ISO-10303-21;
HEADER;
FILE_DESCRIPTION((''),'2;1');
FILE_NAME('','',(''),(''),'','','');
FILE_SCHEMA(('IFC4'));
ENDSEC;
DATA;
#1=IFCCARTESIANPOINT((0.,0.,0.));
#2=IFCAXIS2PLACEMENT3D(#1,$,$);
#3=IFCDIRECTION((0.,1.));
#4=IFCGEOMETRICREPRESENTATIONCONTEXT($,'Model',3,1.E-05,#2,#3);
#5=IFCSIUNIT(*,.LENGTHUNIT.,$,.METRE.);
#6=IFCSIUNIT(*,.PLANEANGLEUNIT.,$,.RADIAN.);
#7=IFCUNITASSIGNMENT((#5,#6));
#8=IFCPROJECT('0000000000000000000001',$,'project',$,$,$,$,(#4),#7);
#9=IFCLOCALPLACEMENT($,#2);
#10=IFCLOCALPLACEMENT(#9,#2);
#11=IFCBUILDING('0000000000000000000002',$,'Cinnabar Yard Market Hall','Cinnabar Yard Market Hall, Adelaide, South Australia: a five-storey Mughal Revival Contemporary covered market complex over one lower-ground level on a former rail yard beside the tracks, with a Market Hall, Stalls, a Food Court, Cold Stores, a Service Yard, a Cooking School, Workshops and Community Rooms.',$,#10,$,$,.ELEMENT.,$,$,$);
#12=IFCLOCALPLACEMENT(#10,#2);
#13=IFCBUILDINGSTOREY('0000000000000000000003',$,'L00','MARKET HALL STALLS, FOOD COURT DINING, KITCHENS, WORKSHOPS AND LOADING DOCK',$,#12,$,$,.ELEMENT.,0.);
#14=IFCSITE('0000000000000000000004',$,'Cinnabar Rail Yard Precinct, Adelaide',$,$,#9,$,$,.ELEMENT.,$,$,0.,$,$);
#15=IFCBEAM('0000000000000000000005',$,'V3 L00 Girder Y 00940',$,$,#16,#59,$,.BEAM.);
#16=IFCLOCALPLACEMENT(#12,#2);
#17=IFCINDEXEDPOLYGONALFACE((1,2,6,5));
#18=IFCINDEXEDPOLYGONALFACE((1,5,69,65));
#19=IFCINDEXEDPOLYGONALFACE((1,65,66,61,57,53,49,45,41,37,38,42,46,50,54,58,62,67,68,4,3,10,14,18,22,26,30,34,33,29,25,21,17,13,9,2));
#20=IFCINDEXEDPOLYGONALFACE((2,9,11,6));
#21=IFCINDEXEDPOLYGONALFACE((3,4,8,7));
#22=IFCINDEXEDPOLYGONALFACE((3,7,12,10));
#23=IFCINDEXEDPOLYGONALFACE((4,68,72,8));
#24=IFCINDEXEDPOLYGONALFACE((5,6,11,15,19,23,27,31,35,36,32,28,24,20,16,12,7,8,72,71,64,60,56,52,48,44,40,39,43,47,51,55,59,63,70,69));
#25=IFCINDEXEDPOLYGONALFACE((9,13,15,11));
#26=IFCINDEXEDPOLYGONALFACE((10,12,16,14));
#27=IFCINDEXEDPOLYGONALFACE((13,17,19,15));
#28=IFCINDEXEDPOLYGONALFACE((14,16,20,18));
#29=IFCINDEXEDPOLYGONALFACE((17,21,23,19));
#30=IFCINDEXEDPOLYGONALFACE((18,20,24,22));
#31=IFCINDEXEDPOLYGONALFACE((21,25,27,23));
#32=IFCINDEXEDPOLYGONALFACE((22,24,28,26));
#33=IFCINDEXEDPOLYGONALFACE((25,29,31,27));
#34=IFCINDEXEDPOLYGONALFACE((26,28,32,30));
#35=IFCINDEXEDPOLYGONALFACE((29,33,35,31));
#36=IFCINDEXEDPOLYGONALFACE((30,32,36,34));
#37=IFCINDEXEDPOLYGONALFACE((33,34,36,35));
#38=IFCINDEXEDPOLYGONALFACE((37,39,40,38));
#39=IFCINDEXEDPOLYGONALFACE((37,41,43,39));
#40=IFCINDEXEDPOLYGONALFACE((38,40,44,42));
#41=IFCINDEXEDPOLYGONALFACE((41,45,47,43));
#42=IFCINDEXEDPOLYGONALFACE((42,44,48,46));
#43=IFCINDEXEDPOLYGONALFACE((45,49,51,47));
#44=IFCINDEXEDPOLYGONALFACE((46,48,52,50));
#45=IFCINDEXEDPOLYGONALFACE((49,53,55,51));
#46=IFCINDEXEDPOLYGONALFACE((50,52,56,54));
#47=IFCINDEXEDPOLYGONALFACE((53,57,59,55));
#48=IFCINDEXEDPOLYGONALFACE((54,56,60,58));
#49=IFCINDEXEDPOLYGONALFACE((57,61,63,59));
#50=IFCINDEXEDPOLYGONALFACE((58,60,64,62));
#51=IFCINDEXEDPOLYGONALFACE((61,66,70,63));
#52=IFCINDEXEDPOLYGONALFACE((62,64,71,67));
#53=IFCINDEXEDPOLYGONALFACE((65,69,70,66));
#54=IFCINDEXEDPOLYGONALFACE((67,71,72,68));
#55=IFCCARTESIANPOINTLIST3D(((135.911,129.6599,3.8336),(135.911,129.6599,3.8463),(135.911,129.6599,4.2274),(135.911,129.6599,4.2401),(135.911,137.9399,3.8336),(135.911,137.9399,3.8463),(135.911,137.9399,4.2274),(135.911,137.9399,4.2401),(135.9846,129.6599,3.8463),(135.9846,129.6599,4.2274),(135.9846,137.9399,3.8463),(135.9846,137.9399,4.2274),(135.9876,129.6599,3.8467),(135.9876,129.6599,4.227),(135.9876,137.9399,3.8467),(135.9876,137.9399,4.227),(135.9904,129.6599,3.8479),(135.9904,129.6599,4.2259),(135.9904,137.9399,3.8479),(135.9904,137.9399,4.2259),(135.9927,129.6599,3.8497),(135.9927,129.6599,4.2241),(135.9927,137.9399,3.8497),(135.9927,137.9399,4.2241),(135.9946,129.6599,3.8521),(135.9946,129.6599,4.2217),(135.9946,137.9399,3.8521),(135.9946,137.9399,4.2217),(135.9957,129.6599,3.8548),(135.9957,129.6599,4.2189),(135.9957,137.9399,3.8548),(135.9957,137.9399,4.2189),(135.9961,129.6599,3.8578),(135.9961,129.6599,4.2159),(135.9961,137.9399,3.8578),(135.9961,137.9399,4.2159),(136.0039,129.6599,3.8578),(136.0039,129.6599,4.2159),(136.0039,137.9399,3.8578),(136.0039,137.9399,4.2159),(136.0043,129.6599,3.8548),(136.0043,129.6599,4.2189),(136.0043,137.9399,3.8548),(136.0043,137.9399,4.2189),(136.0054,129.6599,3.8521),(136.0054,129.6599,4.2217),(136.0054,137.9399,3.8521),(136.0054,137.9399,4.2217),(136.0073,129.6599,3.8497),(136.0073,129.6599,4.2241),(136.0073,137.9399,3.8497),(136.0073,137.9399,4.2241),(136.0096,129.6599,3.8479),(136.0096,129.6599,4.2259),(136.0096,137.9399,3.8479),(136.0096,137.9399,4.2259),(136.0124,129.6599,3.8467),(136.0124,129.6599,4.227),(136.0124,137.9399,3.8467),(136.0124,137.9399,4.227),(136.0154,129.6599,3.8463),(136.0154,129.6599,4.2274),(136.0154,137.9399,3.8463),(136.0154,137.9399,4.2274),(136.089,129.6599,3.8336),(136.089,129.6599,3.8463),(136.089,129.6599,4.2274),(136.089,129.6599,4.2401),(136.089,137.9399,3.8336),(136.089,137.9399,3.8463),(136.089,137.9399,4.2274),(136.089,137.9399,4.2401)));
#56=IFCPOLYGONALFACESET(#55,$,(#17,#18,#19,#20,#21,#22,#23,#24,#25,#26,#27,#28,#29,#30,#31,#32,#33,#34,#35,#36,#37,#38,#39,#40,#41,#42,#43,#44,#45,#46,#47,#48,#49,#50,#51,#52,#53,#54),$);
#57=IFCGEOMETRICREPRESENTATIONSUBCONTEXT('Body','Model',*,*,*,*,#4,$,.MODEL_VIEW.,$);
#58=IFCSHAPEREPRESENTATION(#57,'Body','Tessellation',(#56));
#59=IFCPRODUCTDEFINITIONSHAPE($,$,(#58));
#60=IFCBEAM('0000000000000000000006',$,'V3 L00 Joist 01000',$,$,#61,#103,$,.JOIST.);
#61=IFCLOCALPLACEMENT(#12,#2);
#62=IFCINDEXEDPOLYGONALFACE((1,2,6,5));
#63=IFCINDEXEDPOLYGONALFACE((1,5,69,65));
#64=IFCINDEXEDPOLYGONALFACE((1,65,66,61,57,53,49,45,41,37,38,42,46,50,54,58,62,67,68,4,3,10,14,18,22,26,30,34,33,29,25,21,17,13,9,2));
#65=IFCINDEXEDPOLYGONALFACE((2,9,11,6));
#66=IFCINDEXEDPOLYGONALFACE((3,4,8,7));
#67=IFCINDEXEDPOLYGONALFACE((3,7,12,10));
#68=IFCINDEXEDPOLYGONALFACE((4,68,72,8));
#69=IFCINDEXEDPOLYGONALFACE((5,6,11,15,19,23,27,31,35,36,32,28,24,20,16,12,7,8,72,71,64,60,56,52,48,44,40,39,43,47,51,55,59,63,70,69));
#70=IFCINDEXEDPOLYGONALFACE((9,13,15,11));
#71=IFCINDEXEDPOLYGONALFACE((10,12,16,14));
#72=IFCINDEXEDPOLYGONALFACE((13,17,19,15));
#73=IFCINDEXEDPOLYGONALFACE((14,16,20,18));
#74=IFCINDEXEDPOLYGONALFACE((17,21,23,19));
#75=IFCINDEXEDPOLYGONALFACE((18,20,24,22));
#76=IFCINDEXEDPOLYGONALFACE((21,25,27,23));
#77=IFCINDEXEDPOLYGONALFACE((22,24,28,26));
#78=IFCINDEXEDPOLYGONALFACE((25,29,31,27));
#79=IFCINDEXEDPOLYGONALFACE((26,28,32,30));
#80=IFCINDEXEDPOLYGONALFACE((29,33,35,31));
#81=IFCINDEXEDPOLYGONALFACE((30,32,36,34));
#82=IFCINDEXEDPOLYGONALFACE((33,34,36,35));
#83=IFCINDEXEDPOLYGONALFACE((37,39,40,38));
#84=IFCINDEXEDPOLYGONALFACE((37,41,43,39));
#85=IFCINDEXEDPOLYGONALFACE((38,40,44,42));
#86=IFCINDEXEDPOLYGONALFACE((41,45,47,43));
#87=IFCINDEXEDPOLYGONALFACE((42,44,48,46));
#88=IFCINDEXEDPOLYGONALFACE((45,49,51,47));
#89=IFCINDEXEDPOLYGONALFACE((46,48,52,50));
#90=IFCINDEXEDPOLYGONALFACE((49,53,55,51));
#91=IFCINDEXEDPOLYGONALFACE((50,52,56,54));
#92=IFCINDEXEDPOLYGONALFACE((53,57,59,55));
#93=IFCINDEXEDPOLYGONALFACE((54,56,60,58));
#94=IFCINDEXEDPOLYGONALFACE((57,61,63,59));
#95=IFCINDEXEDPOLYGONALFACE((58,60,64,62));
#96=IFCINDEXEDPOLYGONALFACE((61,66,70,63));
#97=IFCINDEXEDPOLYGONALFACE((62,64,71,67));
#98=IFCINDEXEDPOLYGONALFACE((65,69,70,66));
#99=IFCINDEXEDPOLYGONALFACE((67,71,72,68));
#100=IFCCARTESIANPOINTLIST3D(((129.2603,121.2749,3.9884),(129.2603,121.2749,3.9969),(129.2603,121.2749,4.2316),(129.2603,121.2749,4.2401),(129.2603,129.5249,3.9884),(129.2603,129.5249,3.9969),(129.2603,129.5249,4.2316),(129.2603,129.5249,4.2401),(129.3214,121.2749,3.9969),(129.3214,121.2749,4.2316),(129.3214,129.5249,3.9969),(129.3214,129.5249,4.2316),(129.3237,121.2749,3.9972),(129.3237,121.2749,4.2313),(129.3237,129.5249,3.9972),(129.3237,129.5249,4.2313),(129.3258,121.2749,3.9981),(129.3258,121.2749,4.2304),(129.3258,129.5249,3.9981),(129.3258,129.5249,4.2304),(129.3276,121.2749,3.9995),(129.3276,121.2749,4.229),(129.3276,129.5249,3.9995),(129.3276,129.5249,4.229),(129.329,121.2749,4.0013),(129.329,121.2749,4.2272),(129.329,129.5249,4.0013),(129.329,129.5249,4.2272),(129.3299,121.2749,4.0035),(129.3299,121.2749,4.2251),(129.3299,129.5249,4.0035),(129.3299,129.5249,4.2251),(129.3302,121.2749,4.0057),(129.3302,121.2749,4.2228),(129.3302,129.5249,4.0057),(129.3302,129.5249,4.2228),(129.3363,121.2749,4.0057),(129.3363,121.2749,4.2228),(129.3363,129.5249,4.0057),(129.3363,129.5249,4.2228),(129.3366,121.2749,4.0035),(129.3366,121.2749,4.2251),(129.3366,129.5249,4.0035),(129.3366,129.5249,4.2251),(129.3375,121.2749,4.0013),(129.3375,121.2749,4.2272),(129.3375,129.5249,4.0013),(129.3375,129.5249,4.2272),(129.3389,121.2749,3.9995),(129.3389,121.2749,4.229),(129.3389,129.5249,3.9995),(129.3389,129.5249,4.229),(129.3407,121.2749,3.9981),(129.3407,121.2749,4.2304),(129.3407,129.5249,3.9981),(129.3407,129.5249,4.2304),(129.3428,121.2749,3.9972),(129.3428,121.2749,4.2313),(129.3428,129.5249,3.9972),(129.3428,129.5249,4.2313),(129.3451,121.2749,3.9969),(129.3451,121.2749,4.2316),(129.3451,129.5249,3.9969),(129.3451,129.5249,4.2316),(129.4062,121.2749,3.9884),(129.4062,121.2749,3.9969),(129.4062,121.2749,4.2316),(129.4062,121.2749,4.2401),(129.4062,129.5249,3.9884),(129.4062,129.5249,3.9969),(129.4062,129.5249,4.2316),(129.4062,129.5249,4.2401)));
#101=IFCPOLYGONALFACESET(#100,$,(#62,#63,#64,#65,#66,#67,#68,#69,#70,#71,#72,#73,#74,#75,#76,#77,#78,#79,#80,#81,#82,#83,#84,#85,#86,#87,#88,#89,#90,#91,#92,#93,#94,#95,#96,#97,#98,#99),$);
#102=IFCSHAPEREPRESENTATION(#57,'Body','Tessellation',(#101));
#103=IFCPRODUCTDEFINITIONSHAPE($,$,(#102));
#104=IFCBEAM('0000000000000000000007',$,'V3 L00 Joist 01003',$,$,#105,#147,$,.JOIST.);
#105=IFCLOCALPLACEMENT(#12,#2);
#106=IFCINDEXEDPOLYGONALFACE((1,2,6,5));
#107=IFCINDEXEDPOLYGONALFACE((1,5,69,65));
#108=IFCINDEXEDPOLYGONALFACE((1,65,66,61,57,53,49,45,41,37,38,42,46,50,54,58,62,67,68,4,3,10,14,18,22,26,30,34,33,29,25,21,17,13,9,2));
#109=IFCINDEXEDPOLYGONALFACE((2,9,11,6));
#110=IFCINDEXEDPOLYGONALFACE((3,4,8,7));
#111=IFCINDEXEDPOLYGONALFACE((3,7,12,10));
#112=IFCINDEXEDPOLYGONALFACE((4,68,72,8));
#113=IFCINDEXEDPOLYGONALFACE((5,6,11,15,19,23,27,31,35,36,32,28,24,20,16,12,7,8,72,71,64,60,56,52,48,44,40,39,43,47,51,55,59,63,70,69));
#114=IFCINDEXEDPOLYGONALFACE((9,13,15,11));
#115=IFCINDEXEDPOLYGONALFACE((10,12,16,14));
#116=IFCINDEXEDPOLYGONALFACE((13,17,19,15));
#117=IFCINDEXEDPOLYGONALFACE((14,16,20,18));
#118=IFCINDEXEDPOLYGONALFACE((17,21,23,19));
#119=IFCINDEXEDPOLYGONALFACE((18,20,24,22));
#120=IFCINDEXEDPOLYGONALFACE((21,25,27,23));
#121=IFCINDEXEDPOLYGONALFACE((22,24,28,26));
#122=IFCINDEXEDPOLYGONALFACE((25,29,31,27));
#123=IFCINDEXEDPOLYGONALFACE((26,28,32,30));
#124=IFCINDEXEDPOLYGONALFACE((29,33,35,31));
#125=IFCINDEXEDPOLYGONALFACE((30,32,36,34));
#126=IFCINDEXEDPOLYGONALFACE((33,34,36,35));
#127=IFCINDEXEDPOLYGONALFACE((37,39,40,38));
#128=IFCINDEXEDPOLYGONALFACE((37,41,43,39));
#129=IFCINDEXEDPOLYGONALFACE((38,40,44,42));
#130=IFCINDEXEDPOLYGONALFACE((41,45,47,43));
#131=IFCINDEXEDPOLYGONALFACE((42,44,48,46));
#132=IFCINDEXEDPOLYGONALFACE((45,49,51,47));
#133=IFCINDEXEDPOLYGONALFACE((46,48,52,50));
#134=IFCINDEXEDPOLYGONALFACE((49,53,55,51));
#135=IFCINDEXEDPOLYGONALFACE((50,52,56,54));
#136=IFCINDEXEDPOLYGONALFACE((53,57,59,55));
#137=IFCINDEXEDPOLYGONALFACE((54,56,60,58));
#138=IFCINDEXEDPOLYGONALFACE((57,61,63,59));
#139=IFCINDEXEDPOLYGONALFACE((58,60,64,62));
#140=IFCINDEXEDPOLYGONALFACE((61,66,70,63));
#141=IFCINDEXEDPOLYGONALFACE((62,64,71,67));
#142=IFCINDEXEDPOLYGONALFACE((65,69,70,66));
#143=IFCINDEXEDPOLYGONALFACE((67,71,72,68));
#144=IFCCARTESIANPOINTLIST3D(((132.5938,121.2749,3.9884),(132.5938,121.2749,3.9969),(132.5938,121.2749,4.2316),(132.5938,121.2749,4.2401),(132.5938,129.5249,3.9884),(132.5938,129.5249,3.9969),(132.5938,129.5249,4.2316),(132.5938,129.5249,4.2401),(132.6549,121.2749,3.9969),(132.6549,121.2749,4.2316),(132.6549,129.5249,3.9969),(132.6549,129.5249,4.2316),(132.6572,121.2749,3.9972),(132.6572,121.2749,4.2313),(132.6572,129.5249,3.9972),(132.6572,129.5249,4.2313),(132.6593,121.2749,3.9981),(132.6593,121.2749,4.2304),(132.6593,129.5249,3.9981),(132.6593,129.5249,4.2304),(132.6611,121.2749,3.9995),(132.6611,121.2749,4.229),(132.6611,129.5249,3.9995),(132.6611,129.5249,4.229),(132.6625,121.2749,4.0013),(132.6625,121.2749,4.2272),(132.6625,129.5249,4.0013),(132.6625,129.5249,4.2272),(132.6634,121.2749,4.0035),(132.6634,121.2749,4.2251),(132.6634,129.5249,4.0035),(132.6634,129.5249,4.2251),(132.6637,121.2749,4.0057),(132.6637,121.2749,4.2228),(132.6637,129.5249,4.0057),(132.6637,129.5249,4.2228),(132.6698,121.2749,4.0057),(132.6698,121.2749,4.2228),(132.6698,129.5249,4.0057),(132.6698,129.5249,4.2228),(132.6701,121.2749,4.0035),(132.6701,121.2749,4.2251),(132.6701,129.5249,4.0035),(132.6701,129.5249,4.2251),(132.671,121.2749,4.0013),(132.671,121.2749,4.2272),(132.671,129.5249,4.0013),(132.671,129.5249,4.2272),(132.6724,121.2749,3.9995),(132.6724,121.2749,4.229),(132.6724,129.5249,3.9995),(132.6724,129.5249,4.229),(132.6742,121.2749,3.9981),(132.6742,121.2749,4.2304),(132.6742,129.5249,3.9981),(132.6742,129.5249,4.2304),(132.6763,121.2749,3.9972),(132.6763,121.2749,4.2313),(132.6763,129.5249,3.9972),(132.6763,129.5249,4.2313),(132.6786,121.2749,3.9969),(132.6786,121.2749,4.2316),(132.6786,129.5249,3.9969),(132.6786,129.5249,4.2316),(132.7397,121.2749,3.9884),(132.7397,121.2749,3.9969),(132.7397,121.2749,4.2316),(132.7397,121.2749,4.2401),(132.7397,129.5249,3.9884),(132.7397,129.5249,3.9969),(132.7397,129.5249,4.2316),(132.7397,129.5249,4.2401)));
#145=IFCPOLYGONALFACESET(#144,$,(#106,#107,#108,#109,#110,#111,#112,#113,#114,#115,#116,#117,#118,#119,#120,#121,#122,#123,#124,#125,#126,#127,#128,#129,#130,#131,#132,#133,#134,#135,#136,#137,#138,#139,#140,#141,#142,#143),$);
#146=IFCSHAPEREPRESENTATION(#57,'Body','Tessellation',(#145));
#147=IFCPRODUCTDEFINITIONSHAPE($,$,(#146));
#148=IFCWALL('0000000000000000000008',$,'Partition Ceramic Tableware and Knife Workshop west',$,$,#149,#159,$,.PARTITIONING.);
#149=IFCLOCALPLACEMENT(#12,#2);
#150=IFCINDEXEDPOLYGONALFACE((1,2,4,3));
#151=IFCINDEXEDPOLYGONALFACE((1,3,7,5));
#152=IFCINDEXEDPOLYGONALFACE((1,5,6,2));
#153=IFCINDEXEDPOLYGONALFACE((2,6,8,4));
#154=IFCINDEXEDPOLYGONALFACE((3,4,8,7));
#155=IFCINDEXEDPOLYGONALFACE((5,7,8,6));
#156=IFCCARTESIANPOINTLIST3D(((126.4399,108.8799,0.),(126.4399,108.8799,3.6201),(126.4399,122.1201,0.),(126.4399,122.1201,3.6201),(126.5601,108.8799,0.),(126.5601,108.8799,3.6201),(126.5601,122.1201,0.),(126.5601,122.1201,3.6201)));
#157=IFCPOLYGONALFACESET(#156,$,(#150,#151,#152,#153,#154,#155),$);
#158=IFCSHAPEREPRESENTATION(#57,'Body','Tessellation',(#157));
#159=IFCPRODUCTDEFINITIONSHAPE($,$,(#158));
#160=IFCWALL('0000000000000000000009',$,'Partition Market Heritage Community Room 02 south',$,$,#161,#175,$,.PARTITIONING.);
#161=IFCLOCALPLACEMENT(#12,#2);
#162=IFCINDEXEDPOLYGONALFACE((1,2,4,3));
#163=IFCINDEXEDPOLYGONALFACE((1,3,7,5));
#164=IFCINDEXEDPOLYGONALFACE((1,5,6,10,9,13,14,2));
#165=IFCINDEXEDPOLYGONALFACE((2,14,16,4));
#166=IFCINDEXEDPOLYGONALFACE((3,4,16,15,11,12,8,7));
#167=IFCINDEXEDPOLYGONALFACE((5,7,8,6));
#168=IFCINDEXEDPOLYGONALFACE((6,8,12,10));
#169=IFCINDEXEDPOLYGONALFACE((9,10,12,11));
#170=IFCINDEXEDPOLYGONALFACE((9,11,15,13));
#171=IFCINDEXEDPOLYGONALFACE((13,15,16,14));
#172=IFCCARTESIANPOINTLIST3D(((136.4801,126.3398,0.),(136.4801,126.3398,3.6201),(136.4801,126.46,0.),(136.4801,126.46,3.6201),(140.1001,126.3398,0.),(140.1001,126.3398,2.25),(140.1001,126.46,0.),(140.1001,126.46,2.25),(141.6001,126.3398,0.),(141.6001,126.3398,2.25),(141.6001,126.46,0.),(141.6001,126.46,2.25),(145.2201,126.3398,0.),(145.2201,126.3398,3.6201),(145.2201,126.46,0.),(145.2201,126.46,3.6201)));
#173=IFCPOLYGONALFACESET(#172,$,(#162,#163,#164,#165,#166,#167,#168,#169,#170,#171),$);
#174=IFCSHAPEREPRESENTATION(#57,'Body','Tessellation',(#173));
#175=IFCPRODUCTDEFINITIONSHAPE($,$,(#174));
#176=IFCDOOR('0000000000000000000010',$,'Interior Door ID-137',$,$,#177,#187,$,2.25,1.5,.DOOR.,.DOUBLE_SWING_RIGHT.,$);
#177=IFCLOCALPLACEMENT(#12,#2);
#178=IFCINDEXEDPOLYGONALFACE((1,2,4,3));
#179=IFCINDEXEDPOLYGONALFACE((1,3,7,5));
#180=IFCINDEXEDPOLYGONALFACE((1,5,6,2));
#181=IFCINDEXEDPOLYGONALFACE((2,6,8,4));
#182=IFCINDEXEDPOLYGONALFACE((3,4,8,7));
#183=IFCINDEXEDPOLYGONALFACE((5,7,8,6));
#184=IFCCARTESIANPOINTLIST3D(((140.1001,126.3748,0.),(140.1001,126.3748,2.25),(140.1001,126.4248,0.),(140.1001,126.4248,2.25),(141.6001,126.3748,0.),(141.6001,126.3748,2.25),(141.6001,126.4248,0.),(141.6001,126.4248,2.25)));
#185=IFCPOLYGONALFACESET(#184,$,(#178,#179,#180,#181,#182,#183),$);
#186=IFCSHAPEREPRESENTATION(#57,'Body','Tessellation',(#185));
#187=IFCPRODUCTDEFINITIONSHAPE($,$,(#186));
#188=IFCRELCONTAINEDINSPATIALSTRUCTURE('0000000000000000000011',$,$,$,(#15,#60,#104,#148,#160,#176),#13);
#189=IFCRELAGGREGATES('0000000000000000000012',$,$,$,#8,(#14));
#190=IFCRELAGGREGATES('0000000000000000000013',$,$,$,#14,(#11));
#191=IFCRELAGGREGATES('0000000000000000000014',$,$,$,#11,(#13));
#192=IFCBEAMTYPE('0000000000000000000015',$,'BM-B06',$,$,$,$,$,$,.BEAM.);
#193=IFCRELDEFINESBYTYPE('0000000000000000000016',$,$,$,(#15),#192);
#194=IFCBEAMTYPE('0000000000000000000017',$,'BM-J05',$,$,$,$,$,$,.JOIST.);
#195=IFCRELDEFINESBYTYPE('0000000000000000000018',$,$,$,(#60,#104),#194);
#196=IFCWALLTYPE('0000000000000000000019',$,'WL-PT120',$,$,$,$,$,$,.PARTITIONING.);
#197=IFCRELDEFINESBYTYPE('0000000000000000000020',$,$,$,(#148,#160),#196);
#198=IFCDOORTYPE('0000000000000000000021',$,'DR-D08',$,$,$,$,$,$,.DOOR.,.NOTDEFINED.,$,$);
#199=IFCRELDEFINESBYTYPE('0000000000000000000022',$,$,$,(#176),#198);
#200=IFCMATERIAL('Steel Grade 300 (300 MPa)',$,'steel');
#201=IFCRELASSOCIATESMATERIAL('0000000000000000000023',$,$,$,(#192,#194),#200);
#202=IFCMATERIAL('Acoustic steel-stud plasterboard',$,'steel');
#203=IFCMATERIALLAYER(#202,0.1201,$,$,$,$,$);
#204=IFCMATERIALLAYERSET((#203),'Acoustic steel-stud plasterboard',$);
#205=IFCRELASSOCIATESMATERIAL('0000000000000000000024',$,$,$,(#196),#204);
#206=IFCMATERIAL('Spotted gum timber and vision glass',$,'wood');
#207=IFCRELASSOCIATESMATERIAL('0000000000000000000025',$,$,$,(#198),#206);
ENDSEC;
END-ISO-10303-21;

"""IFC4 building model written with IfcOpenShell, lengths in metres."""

from ifc_helpers import new_model, si_unit, direction, frame, frame_2d, origin, origin_2d_with_axis, place, context, subcontext, project, spatial, rectangle, i_section, extrude, material, layer, layer_set, material_profile, profile_set, type_object, element, fill, save


model = new_model("IFC4")

# Units and contexts
model_context = context("Model", 3, precision=1e-05, world=origin(), true_north=direction((0.0, 1.0)))
body_context = subcontext(model_context, "Body", "Model", "MODEL_VIEW")
ifc_project = project(units=[si_unit("LENGTHUNIT", "METRE"), si_unit("PLANEANGLEUNIT", "RADIAN")], contexts=[model_context])

# Site, building, storey
site_placement = place(None, origin())
site = spatial("IfcSite", under=ifc_project, at=site_placement, Name="Cinnabar Rail Yard Precinct, Adelaide", CompositionType="ELEMENT", RefElevation=0.0)
building_placement = place(site_placement, origin())
building = spatial("IfcBuilding", under=site, at=building_placement, Name="Cinnabar Yard Market Hall", Description="Cinnabar Yard Market Hall, Adelaide, South Australia: a five-storey Mughal Revival Contemporary covered market complex over one lower-ground level on a former rail yard beside the tracks, with a Market Hall, Stalls, a Food Court, Cold Stores, a Service Yard, a Cooking School, Workshops and Community Rooms.", CompositionType="ELEMENT")
storey_placement = place(building_placement, origin())
storey = spatial("IfcBuildingStorey", under=building, at=storey_placement, Name="L00", Description="MARKET HALL STALLS, FOOD COURT DINING, KITCHENS, WORKSHOPS AND LOADING DOCK", CompositionType="ELEMENT", Elevation=0.0)

# Shared definitions
ifc_material_1 = material(Name="Steel Grade 300 (300 MPa)", Category="steel")

# Beams
ifc_material_profile_1 = material_profile(ifc_material_1, i_section(OverallWidth=0.178, OverallDepth=0.4065, WebThickness=0.0078, FlangeThickness=0.0127, FilletRadius=0.0115, at=origin_2d_with_axis()), Name="410UB59.7")
ifc_profile_set_1 = profile_set([ifc_material_profile_1], Name="Steel Grade 300 (300 MPa)")
beam_type_1 = type_object("IfcBeamType", Name="BM-B06", PredefinedType="BEAM", material=ifc_profile_set_1)
for number, where, z_axis, x_axis, name in (
    (1, (136.0, 129.6599, 4.0369), (0.0, 1.0, 0.0), (-1.0, 0.0, 0.0), "V3 L00 Girder Y 00940"),
):
    element("IfcBeam", number, at=place(storey_placement, frame(where, z_axis=z_axis, x_axis=x_axis)), inside=storey, type_object=beam_type_1, Name=name, PredefinedType="BEAM", context=body_context, shape_type="SweptSolid", body=[
        extrude(i_section(OverallWidth=0.178, OverallDepth=0.4065, WebThickness=0.0078, FlangeThickness=0.0127, FilletRadius=0.0115, at=origin_2d_with_axis()), origin(), (0.0, 0.0, 1.0), 8.28),
    ])
ifc_material_profile_2 = material_profile(ifc_material_1, i_section(OverallWidth=0.146, OverallDepth=0.2517, WebThickness=0.0061, FlangeThickness=0.0085, FilletRadius=0.0088, at=origin_2d_with_axis()), Name="250UB31.4")
ifc_profile_set_2 = profile_set([ifc_material_profile_2], Name="Steel Grade 300 (300 MPa)")
beam_type_2 = type_object("IfcBeamType", Name="BM-J05", PredefinedType="JOIST", material=ifc_profile_set_2)
for number, where, z_axis, x_axis, name in (
    (2, (129.3333, 121.2749, 4.1143), (0.0, 1.0, 0.0), (-1.0, 0.0, 0.0), "V3 L00 Joist 01000"),
    (3, (132.6667, 121.2749, 4.1143), (0.0, 1.0, 0.0), (-1.0, 0.0, 0.0), "V3 L00 Joist 01003"),
):
    element("IfcBeam", number, at=place(storey_placement, frame(where, z_axis=z_axis, x_axis=x_axis)), inside=storey, type_object=beam_type_2, Name=name, PredefinedType="JOIST", context=body_context, shape_type="SweptSolid", body=[
        extrude(i_section(OverallWidth=0.146, OverallDepth=0.2517, WebThickness=0.0061, FlangeThickness=0.0085, FilletRadius=0.0088, at=origin_2d_with_axis()), origin(), (0.0, 0.0, 1.0), 8.25),
    ])

# Wall
ifc_material_2 = material(Name="Acoustic steel-stud plasterboard", Category="steel")
ifc_layer_1 = layer(ifc_material_2, 0.1201)
ifc_layer_set_1 = layer_set([ifc_layer_1], Name="Acoustic steel-stud plasterboard")
wall_type_1 = type_object("IfcWallType", Name="WL-PT120", PredefinedType="PARTITIONING", material=ifc_layer_set_1)
wall_1_placement = place(storey_placement, frame((126.5, 122.1201, 0.0), z_axis=(0.0, 0.0, 1.0), x_axis=(0.0, -1.0, 0.0)))
element("IfcWall", 4, at=wall_1_placement, inside=storey, type_object=wall_type_1, Name="Partition Ceramic Tableware and Knife Workshop west", PredefinedType="PARTITIONING", context=body_context, shape_type="SweptSolid", body=[
    extrude(rectangle(XDim=13.2402, YDim=0.1201, at=frame_2d((6.6201, 0.0), x_axis=(1.0, 0.0))), origin(), (0.0, 0.0, 1.0), 3.6201),
])

# Wall, opening, door
wall_2_placement = place(storey_placement, frame((136.48, 126.3999, 0.0), z_axis=(0.0, 0.0, 1.0), x_axis=(1.0, 0.0, 0.0)))
wall_2 = element("IfcWall", 5, at=wall_2_placement, inside=storey, type_object=wall_type_1, Name="Partition Market Heritage Community Room 02 south", PredefinedType="PARTITIONING", context=body_context, shape_type="SweptSolid", body=[
    extrude(rectangle(XDim=8.74, YDim=0.1201, at=frame_2d((4.3701, 0.0), x_axis=(1.0, 0.0))), origin(), (0.0, 0.0, 1.0), 3.6201),
])
opening_1_placement = place(wall_2_placement, frame((3.6201, 0.0, 0.0)))
opening_1 = element("IfcOpeningElement", 6, at=opening_1_placement, cuts=wall_2, PredefinedType="OPENING", context=body_context, shape_type="SweptSolid", body=[
    extrude(rectangle(XDim=1.5, YDim=2.25, at=frame_2d((0.75, 1.125), x_axis=(1.0, 0.0))), frame((0.0, 0.0701, 0.0), z_axis=(0.0, -1.0, 0.0), x_axis=(1.0, 0.0, 0.0)), (0.0, 0.0, 1.0), 0.1401),
])
ifc_material_3 = material(Name="Spotted gum timber and vision glass", Category="wood")
door_type_1 = type_object("IfcDoorType", Name="DR-D08", OperationType="NOTDEFINED", PredefinedType="DOOR", material=ifc_material_3)
door_1_placement = place(opening_1_placement, origin())
door_1 = element("IfcDoor", 7, at=door_1_placement, inside=storey, type_object=door_type_1, Name="Interior Door ID-137", OperationType="DOUBLE_SWING_RIGHT", OverallHeight=2.25, OverallWidth=1.5, PredefinedType="DOOR", context=body_context, shape_type="SweptSolid", body=[
    extrude(rectangle(XDim=1.5, YDim=2.25, at=frame_2d((0.75, 1.125), x_axis=(1.0, 0.0))), frame((0.0, 0.0249, 0.0), z_axis=(0.0, -1.0, 0.0), x_axis=(1.0, 0.0, 0.0)), (0.0, 0.0, 1.0), 0.05),
])
fill(opening_1, door_1)

save(model, "model.ifc")
